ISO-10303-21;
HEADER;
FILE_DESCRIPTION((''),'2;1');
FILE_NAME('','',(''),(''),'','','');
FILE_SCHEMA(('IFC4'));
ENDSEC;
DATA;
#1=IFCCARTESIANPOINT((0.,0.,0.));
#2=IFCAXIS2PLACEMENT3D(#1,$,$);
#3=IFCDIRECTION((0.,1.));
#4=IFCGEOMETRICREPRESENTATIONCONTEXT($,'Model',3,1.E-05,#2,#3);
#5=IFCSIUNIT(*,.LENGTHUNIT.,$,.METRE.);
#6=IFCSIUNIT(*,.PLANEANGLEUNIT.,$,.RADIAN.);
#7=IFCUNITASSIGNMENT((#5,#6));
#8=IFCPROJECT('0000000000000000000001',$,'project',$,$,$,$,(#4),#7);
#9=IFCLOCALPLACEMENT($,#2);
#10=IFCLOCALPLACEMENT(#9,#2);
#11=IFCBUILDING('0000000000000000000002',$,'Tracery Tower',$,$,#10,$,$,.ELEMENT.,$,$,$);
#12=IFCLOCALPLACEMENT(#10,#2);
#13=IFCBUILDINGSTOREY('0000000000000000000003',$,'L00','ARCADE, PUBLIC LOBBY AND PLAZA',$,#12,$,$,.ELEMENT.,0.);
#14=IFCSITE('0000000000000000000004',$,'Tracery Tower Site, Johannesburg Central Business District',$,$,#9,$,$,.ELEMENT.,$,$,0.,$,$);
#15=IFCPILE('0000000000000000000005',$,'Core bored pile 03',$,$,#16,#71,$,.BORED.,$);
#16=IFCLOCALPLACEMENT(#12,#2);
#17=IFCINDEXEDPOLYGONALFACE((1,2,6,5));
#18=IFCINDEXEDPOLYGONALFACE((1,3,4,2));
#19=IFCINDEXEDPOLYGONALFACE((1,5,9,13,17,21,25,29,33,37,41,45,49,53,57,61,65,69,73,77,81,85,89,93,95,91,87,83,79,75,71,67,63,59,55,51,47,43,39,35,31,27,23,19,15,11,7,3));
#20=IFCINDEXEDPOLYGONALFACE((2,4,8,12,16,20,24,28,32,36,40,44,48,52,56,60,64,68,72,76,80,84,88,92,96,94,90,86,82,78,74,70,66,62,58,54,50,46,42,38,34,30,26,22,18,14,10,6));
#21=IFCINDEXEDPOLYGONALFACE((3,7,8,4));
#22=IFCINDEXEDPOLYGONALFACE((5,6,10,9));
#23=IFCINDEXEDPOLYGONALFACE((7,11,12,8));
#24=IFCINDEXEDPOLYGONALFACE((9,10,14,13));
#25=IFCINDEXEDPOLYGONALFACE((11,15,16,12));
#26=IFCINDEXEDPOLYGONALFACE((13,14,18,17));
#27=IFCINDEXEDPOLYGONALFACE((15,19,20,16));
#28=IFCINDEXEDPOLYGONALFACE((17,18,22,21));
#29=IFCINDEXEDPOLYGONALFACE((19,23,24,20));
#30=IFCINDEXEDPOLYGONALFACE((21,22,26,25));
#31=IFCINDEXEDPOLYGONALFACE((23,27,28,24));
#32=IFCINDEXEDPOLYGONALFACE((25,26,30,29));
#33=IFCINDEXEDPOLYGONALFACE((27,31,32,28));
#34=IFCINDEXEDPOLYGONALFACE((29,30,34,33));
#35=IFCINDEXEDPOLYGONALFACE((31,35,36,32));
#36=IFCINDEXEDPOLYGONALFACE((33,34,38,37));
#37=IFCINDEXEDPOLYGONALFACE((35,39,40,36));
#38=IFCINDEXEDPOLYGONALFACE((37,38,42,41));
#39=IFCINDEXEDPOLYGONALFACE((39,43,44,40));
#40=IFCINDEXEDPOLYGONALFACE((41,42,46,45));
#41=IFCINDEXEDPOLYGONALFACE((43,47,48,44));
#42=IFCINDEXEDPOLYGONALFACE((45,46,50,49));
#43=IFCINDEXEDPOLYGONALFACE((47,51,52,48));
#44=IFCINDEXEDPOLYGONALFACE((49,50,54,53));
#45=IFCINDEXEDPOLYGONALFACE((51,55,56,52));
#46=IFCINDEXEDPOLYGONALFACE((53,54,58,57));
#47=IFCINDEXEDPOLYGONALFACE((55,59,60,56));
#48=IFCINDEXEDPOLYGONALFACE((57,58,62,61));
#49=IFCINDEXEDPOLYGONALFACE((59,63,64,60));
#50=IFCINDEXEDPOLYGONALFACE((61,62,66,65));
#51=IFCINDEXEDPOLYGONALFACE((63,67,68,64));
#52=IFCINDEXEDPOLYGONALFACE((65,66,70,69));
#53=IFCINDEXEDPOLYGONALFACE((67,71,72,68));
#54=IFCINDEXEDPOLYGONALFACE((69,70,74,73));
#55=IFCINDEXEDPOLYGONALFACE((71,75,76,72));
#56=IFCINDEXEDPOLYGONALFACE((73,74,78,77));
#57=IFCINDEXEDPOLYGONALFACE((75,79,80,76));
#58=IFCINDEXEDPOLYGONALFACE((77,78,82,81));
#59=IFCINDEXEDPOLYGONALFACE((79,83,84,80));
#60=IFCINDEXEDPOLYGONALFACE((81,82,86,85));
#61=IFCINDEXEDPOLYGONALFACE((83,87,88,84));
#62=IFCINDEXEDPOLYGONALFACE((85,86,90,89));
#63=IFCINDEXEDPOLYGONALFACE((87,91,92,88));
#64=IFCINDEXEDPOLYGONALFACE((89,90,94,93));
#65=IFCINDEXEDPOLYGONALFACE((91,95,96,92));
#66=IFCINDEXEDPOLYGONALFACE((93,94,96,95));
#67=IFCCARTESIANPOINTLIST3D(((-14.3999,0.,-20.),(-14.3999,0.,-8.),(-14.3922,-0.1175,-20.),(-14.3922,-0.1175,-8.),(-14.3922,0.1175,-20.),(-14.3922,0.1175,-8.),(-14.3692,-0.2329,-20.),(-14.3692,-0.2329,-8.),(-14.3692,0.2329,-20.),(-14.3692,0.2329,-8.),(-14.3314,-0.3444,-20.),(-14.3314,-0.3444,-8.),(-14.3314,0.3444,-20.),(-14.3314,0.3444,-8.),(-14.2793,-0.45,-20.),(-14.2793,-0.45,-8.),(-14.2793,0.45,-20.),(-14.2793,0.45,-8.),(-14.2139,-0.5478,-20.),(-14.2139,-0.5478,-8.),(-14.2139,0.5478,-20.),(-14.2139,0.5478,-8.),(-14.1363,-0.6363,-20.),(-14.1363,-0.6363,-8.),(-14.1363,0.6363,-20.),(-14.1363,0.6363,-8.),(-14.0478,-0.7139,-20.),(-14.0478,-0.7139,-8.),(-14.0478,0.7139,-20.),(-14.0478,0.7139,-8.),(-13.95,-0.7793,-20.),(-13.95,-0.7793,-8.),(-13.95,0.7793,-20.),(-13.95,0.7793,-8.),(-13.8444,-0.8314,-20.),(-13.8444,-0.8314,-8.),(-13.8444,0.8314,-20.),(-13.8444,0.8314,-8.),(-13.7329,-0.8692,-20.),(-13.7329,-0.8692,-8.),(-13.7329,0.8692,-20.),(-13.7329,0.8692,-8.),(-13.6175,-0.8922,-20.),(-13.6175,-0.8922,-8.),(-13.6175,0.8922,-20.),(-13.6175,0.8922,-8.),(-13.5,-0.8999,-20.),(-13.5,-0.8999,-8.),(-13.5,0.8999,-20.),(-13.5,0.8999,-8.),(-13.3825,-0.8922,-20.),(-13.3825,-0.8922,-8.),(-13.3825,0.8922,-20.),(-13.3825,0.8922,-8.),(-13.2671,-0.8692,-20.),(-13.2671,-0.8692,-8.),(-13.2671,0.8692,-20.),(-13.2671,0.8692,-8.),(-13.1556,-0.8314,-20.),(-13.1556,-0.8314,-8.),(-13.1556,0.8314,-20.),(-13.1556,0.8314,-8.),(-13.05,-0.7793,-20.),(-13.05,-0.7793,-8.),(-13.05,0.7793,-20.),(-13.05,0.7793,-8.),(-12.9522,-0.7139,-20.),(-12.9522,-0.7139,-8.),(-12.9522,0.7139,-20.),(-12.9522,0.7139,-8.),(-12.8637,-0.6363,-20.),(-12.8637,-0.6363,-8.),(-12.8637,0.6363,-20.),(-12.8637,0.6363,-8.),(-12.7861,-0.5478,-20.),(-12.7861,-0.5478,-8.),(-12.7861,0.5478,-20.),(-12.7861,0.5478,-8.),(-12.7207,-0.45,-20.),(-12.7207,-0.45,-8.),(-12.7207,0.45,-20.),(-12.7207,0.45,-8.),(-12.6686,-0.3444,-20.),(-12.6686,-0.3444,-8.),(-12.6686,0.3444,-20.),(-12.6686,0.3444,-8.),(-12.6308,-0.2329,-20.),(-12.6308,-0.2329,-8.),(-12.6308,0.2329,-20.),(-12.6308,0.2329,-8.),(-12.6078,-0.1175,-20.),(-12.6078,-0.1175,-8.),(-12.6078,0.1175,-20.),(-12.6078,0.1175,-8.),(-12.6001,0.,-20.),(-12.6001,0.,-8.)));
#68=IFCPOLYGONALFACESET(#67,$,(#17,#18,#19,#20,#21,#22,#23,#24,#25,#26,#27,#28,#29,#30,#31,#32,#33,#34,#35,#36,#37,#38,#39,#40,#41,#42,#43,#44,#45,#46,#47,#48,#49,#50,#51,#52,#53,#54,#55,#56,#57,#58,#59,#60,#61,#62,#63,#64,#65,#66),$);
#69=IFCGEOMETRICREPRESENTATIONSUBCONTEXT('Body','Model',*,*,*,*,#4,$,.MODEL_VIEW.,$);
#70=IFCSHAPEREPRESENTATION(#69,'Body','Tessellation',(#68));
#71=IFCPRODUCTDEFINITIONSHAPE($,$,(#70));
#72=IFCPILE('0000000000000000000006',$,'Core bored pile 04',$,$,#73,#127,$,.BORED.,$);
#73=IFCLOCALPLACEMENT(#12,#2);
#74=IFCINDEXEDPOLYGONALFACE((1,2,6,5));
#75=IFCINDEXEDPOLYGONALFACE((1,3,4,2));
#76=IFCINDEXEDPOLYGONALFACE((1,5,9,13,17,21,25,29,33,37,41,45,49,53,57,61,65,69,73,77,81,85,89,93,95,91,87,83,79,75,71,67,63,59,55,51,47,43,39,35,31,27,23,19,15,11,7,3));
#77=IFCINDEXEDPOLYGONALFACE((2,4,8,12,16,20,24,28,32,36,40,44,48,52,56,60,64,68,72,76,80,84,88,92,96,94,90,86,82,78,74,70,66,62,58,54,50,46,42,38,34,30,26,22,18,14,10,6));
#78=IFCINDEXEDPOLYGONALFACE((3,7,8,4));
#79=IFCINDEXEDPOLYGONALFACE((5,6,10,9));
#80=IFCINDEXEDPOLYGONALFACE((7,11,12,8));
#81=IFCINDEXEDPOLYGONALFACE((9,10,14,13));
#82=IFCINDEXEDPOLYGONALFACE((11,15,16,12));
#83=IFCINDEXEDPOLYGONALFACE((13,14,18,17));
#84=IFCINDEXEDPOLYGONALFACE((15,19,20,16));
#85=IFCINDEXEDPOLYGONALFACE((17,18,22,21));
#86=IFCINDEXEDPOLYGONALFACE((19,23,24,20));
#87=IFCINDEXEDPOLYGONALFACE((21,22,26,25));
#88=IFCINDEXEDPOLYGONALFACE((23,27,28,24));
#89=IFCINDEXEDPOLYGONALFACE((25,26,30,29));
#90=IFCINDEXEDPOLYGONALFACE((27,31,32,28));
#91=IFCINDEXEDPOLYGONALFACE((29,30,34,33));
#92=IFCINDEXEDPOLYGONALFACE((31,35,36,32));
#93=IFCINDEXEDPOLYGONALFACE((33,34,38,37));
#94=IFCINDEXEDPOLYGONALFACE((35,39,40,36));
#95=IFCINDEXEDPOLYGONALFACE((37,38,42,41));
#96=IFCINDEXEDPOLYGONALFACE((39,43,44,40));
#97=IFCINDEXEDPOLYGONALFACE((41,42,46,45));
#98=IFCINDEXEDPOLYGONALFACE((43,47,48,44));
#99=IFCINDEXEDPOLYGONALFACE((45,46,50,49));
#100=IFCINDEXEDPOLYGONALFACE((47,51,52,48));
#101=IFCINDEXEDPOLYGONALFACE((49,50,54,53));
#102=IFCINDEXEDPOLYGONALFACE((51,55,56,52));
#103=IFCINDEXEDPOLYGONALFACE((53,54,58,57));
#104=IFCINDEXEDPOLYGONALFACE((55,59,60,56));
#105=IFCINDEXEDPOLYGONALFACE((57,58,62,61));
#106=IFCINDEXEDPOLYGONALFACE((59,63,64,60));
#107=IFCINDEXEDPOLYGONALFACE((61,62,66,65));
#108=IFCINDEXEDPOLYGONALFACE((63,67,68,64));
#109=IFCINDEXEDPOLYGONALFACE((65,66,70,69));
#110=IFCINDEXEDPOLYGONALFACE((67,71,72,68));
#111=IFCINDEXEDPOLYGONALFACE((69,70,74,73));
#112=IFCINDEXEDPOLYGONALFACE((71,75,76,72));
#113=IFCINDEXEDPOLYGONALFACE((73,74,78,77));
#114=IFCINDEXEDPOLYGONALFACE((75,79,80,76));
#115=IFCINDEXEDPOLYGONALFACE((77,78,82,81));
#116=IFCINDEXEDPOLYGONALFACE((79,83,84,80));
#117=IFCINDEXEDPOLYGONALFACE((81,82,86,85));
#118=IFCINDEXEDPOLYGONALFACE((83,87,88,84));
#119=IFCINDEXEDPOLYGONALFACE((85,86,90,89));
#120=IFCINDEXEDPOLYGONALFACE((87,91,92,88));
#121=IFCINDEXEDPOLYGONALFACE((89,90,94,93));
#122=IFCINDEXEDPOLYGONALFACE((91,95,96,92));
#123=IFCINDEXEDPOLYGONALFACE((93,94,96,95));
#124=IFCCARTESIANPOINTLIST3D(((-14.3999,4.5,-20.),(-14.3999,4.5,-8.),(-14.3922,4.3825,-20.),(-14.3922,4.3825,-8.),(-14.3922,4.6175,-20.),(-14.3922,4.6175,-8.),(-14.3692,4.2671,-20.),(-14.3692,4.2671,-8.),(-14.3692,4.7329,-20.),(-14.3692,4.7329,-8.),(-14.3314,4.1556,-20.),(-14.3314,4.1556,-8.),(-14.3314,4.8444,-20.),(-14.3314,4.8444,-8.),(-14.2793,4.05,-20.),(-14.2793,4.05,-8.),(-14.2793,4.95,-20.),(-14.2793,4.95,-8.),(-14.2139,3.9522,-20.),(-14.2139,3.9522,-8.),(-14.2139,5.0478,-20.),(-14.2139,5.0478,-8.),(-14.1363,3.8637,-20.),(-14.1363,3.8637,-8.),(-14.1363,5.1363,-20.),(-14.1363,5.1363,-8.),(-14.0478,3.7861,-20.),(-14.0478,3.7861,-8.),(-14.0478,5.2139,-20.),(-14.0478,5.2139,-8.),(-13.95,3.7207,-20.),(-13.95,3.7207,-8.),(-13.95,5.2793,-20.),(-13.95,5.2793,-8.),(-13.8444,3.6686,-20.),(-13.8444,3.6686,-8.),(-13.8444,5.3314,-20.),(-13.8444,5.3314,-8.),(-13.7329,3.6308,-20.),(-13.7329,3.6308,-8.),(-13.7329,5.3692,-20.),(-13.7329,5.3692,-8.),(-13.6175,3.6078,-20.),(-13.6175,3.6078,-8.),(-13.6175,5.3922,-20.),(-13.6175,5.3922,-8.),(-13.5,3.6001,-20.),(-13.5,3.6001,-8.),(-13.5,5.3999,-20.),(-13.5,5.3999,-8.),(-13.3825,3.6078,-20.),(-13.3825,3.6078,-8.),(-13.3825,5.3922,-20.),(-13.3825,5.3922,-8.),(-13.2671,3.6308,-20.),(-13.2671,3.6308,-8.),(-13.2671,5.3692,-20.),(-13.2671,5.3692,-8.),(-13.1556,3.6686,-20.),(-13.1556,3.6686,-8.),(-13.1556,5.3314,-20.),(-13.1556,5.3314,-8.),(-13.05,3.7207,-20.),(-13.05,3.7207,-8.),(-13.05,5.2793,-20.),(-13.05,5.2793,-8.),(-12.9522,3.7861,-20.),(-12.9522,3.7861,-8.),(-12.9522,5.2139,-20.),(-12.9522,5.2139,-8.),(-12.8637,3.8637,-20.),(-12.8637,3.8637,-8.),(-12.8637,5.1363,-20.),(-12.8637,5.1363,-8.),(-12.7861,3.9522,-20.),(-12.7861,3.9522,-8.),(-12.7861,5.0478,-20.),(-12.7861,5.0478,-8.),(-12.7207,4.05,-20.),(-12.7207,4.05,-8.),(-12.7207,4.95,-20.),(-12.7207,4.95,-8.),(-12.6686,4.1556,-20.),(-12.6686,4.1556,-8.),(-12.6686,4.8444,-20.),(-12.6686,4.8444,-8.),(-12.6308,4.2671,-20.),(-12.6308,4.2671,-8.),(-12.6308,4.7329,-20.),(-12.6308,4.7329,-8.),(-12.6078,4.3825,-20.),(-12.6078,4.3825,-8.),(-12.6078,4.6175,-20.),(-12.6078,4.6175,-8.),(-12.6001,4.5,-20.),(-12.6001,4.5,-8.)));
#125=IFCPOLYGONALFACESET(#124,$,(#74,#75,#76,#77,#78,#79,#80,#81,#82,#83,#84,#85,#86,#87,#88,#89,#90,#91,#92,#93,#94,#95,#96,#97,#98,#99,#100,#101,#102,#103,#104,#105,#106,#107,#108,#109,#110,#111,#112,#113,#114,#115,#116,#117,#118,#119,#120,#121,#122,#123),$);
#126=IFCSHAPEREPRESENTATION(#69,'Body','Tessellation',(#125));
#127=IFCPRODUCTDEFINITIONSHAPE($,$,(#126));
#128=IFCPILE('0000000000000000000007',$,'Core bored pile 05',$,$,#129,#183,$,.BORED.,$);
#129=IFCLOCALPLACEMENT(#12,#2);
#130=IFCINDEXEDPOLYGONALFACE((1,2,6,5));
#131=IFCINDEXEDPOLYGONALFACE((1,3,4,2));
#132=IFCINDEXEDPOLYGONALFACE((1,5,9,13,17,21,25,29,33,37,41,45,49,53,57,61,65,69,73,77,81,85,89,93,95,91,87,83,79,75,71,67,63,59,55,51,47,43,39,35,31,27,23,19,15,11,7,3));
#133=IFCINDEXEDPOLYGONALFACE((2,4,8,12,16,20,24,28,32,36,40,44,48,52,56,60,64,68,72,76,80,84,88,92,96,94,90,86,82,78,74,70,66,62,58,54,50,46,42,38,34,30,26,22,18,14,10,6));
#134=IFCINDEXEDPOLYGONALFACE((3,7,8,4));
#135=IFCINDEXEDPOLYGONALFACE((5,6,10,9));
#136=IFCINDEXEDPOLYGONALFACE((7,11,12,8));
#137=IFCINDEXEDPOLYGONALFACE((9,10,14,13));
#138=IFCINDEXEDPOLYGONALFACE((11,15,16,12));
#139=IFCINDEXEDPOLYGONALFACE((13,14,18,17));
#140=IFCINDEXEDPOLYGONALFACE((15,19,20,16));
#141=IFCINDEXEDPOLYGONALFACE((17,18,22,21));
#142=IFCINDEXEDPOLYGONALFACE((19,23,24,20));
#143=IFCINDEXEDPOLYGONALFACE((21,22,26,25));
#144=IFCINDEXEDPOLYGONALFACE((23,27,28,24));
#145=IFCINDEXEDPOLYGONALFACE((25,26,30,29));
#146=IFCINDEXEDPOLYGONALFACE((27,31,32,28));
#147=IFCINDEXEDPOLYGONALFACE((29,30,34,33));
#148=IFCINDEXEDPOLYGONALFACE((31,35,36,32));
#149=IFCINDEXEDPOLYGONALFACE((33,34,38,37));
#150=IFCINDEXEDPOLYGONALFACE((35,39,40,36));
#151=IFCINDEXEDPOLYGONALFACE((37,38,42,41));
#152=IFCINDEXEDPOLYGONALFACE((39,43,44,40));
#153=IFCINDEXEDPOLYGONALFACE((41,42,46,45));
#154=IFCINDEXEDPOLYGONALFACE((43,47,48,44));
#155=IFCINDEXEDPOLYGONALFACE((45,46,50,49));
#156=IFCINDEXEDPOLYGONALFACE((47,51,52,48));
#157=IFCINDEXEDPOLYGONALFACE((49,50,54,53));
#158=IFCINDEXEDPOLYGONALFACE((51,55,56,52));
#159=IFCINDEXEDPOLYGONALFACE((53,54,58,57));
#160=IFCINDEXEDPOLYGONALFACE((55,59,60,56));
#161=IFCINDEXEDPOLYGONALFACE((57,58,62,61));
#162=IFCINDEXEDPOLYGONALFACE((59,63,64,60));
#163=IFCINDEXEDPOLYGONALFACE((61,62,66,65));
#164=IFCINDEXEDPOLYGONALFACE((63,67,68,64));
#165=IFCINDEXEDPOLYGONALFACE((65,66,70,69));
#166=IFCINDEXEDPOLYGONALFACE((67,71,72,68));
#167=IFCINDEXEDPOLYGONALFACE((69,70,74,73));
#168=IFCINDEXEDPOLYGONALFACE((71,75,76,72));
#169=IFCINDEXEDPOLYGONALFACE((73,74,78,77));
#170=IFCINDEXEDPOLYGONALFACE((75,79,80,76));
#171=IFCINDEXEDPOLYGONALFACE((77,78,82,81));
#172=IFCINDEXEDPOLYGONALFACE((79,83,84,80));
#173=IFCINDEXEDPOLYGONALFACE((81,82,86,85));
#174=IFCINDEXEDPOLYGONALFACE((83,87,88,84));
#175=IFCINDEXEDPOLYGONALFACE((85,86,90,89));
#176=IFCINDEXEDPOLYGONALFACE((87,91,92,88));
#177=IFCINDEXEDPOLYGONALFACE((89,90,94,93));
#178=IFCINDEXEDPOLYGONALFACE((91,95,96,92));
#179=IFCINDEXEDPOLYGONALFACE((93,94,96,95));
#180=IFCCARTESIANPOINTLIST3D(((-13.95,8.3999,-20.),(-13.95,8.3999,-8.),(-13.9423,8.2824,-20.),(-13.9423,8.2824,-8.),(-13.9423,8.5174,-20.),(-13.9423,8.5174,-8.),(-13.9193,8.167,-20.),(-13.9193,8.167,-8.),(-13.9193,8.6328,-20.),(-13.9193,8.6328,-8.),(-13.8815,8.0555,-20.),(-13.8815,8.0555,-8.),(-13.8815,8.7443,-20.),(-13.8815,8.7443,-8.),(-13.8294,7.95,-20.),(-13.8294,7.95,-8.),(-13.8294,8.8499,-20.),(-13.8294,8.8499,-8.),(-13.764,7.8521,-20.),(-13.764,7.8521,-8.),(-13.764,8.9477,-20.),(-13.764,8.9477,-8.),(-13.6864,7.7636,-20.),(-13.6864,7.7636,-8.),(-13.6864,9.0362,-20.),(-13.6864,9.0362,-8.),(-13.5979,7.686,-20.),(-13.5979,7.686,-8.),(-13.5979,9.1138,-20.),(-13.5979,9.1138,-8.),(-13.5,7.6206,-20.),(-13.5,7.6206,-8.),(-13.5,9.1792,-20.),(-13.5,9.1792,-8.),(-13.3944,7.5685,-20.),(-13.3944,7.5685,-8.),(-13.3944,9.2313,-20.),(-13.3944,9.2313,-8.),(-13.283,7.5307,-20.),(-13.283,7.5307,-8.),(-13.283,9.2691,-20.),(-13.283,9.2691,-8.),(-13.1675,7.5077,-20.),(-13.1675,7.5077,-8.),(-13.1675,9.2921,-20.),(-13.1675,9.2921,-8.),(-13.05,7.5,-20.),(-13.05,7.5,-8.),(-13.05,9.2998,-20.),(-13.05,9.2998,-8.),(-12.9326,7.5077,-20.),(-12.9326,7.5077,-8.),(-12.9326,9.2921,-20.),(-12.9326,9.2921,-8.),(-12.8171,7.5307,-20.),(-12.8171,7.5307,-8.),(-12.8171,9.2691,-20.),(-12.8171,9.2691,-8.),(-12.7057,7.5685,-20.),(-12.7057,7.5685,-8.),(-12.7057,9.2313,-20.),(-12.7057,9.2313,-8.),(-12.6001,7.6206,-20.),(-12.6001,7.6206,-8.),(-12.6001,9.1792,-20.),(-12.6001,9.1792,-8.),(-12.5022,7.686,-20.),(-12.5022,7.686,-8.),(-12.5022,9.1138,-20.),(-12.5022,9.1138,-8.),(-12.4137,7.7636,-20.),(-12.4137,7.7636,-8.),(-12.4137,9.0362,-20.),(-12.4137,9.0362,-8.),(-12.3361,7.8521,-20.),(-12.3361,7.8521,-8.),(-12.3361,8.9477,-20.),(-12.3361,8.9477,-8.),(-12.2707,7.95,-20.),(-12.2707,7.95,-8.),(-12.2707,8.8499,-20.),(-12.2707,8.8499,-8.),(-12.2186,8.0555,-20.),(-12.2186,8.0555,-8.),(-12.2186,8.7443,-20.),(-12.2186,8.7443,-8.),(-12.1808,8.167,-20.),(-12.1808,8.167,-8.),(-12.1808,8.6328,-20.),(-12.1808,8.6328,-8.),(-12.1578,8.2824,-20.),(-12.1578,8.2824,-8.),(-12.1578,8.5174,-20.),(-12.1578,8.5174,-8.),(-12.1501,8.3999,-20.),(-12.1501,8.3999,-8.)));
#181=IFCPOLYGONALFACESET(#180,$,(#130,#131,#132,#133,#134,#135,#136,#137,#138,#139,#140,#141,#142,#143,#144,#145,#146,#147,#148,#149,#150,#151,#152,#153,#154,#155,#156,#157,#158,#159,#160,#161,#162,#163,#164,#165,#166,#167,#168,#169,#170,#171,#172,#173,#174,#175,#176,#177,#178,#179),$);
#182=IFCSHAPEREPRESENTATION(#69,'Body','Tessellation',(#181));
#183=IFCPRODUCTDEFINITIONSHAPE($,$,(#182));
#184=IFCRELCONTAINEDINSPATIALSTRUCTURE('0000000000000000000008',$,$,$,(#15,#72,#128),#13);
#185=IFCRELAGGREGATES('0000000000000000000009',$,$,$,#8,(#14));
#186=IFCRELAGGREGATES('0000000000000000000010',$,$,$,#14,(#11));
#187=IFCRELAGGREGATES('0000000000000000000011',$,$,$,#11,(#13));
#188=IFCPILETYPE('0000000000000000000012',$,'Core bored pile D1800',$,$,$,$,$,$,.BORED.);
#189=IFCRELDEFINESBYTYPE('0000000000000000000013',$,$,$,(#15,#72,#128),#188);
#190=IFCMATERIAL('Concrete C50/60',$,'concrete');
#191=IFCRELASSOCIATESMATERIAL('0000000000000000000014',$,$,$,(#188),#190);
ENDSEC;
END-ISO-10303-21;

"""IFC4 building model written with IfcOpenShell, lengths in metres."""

from ifc_helpers import new_model, si_unit, direction, frame, origin, origin_2d, place, context, subcontext, project, spatial, circle, extrude, material, material_profile, profile_set, type_object, element, save


model = new_model("IFC4")

# Units and contexts
model_context = context("Model", 3, precision=1e-05, world=origin(), true_north=direction((0.0, 1.0)))
body_context = subcontext(model_context, "Body", "Model", "MODEL_VIEW")
ifc_project = project(units=[si_unit("LENGTHUNIT", "METRE"), si_unit("PLANEANGLEUNIT", "RADIAN")], contexts=[model_context])

# Site, building, storey
site_placement = place(None, origin())
site = spatial("IfcSite", under=ifc_project, at=site_placement, Name="Tracery Tower Site, Johannesburg Central Business District", CompositionType="ELEMENT", RefElevation=0.0)
building_placement = place(site_placement, origin())
building = spatial("IfcBuilding", under=site, at=building_placement, Name="Tracery Tower", CompositionType="ELEMENT")
storey_placement = place(building_placement, origin())
storey = spatial("IfcBuildingStorey", under=building, at=storey_placement, Name="L00", Description="ARCADE, PUBLIC LOBBY AND PLAZA", CompositionType="ELEMENT", Elevation=0.0)

# Piles
ifc_material_1 = material(Name="Concrete C50/60", Category="concrete")
ifc_material_profile_1 = material_profile(ifc_material_1, circle(Radius=0.8999, at=origin_2d()), Name="RC D1800")
ifc_profile_set_1 = profile_set([ifc_material_profile_1], Name="Concrete C50/60")
pile_type_1 = type_object("IfcPileType", Name="Core bored pile D1800", PredefinedType="BORED", material=ifc_profile_set_1)
for number, where, z_axis, x_axis, name in (
    (1, (-13.5, 0.0, -8.0), (0.0, 0.0, -1.0), (1.0, 0.0, 0.0), "Core bored pile 03"),
    (2, (-13.5, 4.5, -8.0), (0.0, 0.0, -1.0), (1.0, 0.0, 0.0), "Core bored pile 04"),
    (3, (-13.05, 8.3999, -8.0), (0.0, 0.0, -1.0), (1.0, 0.0, 0.0), "Core bored pile 05"),
):
    element("IfcPile", number, at=place(storey_placement, frame(where, z_axis=z_axis, x_axis=x_axis)), inside=storey, type_object=pile_type_1, Name=name, PredefinedType="BORED", context=body_context, shape_type="SweptSolid", body=[
        extrude(circle(Radius=0.8999, at=origin_2d()), origin(), (0.0, 0.0, 1.0), 12.0),
    ])

save(model, "model.ifc")
